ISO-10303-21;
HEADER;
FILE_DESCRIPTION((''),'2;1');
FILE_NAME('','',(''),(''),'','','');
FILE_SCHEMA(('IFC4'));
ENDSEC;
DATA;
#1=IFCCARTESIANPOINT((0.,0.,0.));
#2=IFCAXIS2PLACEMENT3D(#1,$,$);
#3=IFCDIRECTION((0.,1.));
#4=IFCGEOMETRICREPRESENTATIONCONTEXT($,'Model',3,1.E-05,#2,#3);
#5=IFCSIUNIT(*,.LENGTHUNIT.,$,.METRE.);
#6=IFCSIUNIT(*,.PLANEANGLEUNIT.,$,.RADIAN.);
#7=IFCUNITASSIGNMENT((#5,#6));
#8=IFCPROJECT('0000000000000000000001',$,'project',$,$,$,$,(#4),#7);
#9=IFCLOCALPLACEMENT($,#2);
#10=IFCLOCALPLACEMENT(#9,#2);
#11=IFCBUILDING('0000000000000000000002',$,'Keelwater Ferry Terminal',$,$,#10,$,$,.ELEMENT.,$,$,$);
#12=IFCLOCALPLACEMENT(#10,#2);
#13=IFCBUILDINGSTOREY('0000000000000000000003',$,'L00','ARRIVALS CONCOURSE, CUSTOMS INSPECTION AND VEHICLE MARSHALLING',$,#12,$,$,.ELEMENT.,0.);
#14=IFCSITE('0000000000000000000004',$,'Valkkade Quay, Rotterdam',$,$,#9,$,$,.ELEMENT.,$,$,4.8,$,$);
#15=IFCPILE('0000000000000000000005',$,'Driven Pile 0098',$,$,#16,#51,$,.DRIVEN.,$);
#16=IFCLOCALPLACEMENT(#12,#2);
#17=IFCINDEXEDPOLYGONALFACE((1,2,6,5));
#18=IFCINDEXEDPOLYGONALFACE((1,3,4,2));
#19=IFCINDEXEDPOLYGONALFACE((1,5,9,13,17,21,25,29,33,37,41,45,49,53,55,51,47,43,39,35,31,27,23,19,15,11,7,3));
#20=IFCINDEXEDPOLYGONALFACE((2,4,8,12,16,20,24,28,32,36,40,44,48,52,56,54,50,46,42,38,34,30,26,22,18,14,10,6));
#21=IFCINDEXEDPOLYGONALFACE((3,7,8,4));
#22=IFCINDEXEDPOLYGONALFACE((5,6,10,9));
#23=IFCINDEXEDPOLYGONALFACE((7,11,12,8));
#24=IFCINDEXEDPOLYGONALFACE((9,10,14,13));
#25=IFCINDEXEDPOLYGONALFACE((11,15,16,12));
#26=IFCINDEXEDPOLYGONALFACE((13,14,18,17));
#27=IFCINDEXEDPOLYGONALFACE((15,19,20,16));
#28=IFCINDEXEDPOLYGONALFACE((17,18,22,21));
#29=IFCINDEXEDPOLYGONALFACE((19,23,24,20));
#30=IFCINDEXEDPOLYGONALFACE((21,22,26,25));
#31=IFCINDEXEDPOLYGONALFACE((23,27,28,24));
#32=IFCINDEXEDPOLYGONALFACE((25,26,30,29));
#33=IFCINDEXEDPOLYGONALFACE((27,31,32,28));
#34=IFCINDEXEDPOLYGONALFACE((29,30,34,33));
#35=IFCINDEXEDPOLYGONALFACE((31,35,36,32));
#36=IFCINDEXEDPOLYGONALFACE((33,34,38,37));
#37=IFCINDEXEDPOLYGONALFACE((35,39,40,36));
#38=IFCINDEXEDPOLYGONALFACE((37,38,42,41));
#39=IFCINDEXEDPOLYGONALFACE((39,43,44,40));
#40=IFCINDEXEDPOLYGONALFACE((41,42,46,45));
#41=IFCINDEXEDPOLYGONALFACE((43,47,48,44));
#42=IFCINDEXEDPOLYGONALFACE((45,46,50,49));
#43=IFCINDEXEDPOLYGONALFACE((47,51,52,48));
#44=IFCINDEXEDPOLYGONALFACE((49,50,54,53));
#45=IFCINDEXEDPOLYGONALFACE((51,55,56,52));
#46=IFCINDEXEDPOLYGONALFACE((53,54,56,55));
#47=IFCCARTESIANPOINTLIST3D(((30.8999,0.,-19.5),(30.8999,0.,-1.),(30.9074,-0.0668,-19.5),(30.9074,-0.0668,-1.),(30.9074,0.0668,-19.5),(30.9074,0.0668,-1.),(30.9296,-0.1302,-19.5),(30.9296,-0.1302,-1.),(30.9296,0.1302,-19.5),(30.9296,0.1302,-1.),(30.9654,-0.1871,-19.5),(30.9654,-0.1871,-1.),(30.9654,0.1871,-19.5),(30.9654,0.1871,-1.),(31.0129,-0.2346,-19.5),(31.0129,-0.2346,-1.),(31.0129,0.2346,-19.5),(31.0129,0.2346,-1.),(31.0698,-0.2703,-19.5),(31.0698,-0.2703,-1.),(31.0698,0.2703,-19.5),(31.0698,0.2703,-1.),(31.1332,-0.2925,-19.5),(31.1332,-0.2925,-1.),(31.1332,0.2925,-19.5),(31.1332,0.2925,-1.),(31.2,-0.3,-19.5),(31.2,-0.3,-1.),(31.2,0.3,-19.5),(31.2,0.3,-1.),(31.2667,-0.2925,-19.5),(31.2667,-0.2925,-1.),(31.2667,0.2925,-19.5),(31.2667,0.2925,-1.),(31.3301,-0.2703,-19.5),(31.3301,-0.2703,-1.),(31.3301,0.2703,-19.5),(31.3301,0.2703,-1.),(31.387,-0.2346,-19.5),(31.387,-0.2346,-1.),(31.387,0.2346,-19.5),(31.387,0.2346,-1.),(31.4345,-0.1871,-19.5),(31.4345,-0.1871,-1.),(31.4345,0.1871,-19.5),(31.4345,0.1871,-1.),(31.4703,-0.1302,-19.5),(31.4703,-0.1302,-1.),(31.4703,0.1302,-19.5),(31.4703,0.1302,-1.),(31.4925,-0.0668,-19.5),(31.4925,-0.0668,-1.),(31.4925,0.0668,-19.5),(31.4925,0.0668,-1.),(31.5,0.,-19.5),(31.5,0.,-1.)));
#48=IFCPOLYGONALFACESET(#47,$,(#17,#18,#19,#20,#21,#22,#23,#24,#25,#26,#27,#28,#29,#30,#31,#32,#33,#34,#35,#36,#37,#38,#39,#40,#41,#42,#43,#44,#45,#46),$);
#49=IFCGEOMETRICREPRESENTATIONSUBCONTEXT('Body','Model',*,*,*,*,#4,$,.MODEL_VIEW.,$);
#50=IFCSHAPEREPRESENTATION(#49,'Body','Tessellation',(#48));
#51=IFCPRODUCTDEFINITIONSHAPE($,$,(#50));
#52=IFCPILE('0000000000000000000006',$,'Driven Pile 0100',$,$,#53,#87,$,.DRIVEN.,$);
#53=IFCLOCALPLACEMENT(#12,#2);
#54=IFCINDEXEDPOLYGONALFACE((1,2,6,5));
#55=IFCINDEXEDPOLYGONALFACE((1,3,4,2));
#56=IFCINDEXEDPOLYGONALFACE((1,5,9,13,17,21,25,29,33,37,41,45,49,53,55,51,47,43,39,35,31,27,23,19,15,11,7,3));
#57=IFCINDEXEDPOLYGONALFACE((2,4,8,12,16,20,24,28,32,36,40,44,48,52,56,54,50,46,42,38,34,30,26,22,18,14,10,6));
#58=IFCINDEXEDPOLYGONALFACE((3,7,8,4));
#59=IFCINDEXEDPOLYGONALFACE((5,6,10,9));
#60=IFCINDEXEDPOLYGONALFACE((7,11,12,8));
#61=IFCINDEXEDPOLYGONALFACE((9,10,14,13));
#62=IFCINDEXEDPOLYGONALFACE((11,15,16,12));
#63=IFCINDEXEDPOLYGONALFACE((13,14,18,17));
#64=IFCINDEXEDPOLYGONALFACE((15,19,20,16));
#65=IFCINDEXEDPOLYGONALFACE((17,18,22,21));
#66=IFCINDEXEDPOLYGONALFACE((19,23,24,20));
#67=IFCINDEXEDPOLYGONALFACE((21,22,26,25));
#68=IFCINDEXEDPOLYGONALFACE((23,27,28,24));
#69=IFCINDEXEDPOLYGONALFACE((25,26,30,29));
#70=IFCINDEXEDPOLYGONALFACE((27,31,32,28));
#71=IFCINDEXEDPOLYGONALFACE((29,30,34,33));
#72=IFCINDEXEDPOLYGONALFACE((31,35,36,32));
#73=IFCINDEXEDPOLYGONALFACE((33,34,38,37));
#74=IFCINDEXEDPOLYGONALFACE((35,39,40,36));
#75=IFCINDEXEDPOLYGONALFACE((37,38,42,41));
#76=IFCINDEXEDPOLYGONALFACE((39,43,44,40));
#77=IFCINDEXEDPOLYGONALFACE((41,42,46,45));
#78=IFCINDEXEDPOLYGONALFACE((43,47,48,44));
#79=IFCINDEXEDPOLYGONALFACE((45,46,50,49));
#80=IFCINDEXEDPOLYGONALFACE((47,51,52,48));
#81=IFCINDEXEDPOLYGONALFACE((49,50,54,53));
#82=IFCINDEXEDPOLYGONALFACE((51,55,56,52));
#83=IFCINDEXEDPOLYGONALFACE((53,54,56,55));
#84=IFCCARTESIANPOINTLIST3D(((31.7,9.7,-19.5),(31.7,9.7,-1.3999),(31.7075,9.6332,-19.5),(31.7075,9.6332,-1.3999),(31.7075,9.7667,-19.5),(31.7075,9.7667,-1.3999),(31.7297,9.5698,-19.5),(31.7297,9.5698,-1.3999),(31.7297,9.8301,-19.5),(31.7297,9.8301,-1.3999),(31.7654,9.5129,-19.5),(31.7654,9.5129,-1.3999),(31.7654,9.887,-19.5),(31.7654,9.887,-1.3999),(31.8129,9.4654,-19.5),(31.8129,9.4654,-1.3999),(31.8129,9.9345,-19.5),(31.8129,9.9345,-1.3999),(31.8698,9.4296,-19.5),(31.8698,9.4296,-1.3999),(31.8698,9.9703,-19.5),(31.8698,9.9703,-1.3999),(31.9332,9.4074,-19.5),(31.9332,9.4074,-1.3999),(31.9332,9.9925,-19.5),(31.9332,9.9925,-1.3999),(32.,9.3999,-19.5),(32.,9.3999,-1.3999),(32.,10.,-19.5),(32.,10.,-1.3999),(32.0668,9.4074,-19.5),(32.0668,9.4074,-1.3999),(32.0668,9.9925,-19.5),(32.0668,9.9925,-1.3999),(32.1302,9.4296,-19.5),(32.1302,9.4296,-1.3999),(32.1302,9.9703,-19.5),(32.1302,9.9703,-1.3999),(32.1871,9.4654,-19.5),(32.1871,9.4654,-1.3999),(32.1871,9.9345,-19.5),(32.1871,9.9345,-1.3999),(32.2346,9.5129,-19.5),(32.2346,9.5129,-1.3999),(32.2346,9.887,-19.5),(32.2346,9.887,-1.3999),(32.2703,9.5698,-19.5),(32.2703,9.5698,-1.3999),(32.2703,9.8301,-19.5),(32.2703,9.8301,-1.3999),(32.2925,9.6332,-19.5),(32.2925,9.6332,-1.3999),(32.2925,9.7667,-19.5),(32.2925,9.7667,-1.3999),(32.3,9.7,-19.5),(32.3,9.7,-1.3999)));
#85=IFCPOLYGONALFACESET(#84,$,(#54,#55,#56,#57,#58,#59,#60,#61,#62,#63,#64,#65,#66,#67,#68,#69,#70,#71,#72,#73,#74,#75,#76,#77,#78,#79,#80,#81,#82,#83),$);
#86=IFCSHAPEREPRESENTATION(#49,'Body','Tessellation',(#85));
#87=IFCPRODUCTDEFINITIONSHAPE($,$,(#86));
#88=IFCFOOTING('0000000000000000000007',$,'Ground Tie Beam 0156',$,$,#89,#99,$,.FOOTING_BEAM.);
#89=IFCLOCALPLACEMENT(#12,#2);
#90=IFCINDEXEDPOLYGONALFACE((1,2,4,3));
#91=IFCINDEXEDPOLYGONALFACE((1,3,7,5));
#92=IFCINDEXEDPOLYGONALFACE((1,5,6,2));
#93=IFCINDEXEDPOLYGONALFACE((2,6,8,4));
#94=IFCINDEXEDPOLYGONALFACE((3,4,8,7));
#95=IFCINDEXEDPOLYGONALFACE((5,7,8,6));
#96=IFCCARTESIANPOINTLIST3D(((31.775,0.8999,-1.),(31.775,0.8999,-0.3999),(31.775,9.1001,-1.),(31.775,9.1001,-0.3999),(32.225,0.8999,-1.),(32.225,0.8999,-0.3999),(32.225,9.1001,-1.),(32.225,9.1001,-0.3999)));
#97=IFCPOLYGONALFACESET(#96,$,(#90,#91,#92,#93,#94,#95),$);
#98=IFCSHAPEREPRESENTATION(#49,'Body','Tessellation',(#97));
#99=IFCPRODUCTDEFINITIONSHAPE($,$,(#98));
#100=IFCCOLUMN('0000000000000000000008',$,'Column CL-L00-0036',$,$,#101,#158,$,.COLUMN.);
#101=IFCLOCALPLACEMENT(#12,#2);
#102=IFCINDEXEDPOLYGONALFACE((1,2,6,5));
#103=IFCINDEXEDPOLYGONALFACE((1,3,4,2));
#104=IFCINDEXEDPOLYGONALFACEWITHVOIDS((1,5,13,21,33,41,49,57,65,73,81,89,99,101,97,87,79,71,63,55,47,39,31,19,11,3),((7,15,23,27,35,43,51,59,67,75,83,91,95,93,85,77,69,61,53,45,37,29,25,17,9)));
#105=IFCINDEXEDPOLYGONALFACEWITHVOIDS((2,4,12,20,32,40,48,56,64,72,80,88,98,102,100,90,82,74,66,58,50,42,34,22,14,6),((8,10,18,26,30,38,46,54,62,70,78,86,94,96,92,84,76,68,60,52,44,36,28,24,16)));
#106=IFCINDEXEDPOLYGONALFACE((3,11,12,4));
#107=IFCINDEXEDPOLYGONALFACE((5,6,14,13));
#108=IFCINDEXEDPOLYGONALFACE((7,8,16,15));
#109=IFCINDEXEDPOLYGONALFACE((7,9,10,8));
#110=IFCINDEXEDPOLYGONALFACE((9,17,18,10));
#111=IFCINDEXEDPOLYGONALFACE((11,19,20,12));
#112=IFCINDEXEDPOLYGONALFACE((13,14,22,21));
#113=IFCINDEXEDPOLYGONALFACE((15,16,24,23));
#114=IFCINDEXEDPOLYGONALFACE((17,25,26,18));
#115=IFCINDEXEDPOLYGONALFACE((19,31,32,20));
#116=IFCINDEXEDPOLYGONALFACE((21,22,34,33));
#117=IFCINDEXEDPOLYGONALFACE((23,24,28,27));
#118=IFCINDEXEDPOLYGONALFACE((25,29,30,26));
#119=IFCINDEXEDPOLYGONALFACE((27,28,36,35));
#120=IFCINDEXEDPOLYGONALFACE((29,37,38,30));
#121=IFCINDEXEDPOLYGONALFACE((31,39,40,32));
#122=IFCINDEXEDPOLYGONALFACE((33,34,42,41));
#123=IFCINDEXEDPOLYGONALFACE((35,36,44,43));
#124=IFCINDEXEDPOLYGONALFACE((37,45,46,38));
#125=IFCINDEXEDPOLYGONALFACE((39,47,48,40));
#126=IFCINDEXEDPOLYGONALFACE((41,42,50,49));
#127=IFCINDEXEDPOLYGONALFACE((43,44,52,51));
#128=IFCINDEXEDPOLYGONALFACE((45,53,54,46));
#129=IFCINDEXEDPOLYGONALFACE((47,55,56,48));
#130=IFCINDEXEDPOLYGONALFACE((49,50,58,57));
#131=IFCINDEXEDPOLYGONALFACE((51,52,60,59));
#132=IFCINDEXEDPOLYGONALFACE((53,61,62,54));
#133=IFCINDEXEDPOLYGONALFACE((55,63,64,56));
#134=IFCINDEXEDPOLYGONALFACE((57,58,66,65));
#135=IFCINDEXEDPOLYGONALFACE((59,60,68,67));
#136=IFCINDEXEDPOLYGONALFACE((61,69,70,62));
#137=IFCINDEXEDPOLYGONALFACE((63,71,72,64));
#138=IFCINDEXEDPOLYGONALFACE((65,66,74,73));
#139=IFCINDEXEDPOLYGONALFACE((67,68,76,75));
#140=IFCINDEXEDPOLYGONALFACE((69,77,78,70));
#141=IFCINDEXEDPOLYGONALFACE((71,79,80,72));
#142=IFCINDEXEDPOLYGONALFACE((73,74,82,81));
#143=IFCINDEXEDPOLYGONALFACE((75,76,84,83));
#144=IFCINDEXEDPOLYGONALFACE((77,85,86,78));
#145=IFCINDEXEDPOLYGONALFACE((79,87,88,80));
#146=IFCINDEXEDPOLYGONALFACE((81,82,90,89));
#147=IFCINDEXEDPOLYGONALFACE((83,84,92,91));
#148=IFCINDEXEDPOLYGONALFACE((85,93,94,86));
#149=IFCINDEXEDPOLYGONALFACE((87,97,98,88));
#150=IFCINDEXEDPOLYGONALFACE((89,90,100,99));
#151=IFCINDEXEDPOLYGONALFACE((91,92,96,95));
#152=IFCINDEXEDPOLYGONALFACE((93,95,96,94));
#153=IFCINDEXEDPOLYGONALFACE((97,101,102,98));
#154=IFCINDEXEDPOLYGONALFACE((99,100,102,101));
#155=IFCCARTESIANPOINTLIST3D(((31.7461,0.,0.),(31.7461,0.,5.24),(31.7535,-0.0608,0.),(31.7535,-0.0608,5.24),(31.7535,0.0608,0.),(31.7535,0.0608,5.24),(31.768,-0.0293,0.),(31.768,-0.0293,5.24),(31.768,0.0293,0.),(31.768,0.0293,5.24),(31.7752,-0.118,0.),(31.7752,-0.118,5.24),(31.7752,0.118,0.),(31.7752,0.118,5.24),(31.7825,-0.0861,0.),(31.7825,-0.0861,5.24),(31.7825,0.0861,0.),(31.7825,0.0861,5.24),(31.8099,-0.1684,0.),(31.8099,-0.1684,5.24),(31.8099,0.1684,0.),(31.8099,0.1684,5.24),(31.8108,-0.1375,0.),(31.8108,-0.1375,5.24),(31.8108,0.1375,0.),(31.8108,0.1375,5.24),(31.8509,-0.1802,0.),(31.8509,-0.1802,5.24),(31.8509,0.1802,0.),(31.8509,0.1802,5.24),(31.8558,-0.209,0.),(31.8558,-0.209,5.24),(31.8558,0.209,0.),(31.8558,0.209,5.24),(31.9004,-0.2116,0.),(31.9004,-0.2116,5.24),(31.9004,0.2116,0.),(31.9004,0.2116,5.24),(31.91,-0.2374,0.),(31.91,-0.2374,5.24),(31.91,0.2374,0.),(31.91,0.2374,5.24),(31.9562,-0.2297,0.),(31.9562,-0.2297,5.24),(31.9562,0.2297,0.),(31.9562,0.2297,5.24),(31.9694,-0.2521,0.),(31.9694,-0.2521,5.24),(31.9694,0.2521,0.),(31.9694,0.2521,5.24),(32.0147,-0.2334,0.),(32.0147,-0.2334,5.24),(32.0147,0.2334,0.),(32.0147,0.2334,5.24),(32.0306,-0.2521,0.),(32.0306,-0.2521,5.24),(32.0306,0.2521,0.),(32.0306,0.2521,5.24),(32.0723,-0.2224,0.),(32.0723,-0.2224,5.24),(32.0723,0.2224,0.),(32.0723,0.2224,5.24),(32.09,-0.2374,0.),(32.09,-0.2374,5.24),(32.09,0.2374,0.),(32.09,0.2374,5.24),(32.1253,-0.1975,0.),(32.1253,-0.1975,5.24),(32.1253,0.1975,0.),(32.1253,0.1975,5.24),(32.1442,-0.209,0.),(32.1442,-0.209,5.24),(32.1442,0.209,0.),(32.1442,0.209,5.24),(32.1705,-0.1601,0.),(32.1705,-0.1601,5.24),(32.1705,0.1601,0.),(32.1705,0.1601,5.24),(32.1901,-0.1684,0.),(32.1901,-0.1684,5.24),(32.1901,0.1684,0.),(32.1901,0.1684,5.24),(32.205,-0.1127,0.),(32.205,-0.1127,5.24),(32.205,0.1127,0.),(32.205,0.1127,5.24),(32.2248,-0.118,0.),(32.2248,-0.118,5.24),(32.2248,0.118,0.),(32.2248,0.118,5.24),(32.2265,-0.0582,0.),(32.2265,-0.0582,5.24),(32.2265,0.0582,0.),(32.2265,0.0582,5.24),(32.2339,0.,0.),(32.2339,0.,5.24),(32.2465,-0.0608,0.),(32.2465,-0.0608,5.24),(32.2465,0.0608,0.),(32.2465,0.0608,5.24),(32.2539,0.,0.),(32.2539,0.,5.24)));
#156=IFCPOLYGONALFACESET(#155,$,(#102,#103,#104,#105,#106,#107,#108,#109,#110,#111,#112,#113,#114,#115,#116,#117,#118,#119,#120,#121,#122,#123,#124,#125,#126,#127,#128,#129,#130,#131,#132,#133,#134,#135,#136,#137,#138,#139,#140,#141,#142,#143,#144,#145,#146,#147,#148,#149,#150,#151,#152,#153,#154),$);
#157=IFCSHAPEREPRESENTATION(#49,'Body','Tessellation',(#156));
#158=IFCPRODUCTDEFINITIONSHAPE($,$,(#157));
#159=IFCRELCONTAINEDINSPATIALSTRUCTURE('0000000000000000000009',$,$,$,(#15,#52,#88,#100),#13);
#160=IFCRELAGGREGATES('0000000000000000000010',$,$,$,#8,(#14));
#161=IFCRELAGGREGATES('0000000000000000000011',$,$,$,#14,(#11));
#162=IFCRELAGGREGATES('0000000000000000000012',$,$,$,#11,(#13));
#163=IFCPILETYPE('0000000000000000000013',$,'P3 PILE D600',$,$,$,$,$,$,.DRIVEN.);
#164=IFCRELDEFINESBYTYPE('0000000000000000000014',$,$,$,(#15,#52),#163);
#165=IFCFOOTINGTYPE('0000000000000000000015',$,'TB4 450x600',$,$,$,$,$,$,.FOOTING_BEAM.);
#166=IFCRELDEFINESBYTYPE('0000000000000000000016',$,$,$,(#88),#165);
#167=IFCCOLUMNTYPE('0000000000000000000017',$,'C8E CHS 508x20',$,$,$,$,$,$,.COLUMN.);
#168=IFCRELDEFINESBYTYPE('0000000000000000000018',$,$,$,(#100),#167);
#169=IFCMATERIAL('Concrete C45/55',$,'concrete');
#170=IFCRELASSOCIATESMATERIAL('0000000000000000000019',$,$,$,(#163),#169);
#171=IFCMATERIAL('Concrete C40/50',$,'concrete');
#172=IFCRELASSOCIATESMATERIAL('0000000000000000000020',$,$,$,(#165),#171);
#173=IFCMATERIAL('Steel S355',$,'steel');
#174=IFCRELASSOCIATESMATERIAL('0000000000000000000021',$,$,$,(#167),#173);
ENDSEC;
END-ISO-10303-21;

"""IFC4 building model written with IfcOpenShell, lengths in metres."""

from ifc_helpers import new_model, si_unit, direction, frame, origin, origin_2d, place, context, subcontext, project, spatial, rectangle, circle, hollow_circle, extrude, material, material_profile, profile_set, type_object, element, save


model = new_model("IFC4")

# Units and contexts
model_context = context("Model", 3, precision=1e-05, world=origin(), true_north=direction((0.0, 1.0)))
body_context = subcontext(model_context, "Body", "Model", "MODEL_VIEW")
ifc_project = project(units=[si_unit("LENGTHUNIT", "METRE"), si_unit("PLANEANGLEUNIT", "RADIAN")], contexts=[model_context])

# Site, building, storey
site_placement = place(None, origin())
site = spatial("IfcSite", under=ifc_project, at=site_placement, Name="Valkkade Quay, Rotterdam", CompositionType="ELEMENT", RefElevation=4.8)
building_placement = place(site_placement, origin())
building = spatial("IfcBuilding", under=site, at=building_placement, Name="Keelwater Ferry Terminal", CompositionType="ELEMENT")
storey_placement = place(building_placement, origin())
storey = spatial("IfcBuildingStorey", under=building, at=storey_placement, Name="L00", Description="ARRIVALS CONCOURSE, CUSTOMS INSPECTION AND VEHICLE MARSHALLING", CompositionType="ELEMENT", Elevation=0.0)

# Piles
ifc_material_1 = material(Name="Concrete C45/55", Category="concrete")
ifc_material_profile_1 = material_profile(ifc_material_1, circle(Radius=0.3, at=origin_2d()), Name="PILE D600")
ifc_profile_set_1 = profile_set([ifc_material_profile_1], Name="Concrete C45/55")
pile_type = type_object("IfcPileType", Name="P3 PILE D600", PredefinedType="DRIVEN", material=ifc_profile_set_1)
pile_1_placement = place(storey_placement, frame((31.2, 0.0, -1.0), z_axis=(0.0, 0.0, -1.0), x_axis=(1.0, 0.0, 0.0)))
element("IfcPile", 1, at=pile_1_placement, inside=storey, type_object=pile_type, Name="Driven Pile 0098", PredefinedType="DRIVEN", context=body_context, shape_type="SweptSolid", body=[
    extrude(circle(Radius=0.3, at=origin_2d()), origin(), (0.0, 0.0, 1.0), 18.5),
])
pile_2_placement = place(storey_placement, frame((32.0, 9.7, -1.3999), z_axis=(0.0, 0.0, -1.0), x_axis=(1.0, 0.0, 0.0)))
element("IfcPile", 2, at=pile_2_placement, inside=storey, type_object=pile_type, Name="Driven Pile 0100", PredefinedType="DRIVEN", context=body_context, shape_type="SweptSolid", body=[
    extrude(circle(Radius=0.3, at=origin_2d()), origin(), (0.0, 0.0, 1.0), 18.1001),
])

# Footing
ifc_material_2 = material(Name="Concrete C40/50", Category="concrete")
ifc_material_profile_2 = material_profile(ifc_material_2, rectangle(XDim=0.45, YDim=0.6001, at=origin_2d()), Name="TB 450x600")
ifc_profile_set_2 = profile_set([ifc_material_profile_2], Name="Concrete C40/50")
footing_type = type_object("IfcFootingType", Name="TB4 450x600", PredefinedType="FOOTING_BEAM", material=ifc_profile_set_2)
footing_placement = place(storey_placement, frame((32.0, 0.8999, -0.7), z_axis=(0.0, 1.0, 0.0), x_axis=(-1.0, 0.0, 0.0)))
element("IfcFooting", 3, at=footing_placement, inside=storey, type_object=footing_type, Name="Ground Tie Beam 0156", PredefinedType="FOOTING_BEAM", context=body_context, shape_type="SweptSolid", body=[
    extrude(rectangle(XDim=0.45, YDim=0.6001, at=origin_2d()), origin(), (0.0, 0.0, 1.0), 8.2002),
])

# Column
ifc_material_3 = material(Name="Steel S355", Category="steel")
ifc_material_profile_3 = material_profile(ifc_material_3, hollow_circle(Radius=0.2539, WallThickness=0.02, at=origin_2d()), Name="CHS 508x20")
ifc_profile_set_3 = profile_set([ifc_material_profile_3], Name="Steel S355")
column_type = type_object("IfcColumnType", Name="C8E CHS 508x20", PredefinedType="COLUMN", material=ifc_profile_set_3)
for number, where, z_axis, x_axis, name in (
    (4, (32.0, 0.0, 0.0), (0.0, 0.0, 1.0), (1.0, 0.0, 0.0), "Column CL-L00-0036"),
):
    element("IfcColumn", number, at=place(storey_placement, frame(where, z_axis=z_axis, x_axis=x_axis)), inside=storey, type_object=column_type, Name=name, PredefinedType="COLUMN", context=body_context, shape_type="SweptSolid", body=[
        extrude(hollow_circle(Radius=0.2539, WallThickness=0.02, at=origin_2d()), origin(), (0.0, 0.0, 1.0), 5.24),
    ])

save(model, "model.ifc")
